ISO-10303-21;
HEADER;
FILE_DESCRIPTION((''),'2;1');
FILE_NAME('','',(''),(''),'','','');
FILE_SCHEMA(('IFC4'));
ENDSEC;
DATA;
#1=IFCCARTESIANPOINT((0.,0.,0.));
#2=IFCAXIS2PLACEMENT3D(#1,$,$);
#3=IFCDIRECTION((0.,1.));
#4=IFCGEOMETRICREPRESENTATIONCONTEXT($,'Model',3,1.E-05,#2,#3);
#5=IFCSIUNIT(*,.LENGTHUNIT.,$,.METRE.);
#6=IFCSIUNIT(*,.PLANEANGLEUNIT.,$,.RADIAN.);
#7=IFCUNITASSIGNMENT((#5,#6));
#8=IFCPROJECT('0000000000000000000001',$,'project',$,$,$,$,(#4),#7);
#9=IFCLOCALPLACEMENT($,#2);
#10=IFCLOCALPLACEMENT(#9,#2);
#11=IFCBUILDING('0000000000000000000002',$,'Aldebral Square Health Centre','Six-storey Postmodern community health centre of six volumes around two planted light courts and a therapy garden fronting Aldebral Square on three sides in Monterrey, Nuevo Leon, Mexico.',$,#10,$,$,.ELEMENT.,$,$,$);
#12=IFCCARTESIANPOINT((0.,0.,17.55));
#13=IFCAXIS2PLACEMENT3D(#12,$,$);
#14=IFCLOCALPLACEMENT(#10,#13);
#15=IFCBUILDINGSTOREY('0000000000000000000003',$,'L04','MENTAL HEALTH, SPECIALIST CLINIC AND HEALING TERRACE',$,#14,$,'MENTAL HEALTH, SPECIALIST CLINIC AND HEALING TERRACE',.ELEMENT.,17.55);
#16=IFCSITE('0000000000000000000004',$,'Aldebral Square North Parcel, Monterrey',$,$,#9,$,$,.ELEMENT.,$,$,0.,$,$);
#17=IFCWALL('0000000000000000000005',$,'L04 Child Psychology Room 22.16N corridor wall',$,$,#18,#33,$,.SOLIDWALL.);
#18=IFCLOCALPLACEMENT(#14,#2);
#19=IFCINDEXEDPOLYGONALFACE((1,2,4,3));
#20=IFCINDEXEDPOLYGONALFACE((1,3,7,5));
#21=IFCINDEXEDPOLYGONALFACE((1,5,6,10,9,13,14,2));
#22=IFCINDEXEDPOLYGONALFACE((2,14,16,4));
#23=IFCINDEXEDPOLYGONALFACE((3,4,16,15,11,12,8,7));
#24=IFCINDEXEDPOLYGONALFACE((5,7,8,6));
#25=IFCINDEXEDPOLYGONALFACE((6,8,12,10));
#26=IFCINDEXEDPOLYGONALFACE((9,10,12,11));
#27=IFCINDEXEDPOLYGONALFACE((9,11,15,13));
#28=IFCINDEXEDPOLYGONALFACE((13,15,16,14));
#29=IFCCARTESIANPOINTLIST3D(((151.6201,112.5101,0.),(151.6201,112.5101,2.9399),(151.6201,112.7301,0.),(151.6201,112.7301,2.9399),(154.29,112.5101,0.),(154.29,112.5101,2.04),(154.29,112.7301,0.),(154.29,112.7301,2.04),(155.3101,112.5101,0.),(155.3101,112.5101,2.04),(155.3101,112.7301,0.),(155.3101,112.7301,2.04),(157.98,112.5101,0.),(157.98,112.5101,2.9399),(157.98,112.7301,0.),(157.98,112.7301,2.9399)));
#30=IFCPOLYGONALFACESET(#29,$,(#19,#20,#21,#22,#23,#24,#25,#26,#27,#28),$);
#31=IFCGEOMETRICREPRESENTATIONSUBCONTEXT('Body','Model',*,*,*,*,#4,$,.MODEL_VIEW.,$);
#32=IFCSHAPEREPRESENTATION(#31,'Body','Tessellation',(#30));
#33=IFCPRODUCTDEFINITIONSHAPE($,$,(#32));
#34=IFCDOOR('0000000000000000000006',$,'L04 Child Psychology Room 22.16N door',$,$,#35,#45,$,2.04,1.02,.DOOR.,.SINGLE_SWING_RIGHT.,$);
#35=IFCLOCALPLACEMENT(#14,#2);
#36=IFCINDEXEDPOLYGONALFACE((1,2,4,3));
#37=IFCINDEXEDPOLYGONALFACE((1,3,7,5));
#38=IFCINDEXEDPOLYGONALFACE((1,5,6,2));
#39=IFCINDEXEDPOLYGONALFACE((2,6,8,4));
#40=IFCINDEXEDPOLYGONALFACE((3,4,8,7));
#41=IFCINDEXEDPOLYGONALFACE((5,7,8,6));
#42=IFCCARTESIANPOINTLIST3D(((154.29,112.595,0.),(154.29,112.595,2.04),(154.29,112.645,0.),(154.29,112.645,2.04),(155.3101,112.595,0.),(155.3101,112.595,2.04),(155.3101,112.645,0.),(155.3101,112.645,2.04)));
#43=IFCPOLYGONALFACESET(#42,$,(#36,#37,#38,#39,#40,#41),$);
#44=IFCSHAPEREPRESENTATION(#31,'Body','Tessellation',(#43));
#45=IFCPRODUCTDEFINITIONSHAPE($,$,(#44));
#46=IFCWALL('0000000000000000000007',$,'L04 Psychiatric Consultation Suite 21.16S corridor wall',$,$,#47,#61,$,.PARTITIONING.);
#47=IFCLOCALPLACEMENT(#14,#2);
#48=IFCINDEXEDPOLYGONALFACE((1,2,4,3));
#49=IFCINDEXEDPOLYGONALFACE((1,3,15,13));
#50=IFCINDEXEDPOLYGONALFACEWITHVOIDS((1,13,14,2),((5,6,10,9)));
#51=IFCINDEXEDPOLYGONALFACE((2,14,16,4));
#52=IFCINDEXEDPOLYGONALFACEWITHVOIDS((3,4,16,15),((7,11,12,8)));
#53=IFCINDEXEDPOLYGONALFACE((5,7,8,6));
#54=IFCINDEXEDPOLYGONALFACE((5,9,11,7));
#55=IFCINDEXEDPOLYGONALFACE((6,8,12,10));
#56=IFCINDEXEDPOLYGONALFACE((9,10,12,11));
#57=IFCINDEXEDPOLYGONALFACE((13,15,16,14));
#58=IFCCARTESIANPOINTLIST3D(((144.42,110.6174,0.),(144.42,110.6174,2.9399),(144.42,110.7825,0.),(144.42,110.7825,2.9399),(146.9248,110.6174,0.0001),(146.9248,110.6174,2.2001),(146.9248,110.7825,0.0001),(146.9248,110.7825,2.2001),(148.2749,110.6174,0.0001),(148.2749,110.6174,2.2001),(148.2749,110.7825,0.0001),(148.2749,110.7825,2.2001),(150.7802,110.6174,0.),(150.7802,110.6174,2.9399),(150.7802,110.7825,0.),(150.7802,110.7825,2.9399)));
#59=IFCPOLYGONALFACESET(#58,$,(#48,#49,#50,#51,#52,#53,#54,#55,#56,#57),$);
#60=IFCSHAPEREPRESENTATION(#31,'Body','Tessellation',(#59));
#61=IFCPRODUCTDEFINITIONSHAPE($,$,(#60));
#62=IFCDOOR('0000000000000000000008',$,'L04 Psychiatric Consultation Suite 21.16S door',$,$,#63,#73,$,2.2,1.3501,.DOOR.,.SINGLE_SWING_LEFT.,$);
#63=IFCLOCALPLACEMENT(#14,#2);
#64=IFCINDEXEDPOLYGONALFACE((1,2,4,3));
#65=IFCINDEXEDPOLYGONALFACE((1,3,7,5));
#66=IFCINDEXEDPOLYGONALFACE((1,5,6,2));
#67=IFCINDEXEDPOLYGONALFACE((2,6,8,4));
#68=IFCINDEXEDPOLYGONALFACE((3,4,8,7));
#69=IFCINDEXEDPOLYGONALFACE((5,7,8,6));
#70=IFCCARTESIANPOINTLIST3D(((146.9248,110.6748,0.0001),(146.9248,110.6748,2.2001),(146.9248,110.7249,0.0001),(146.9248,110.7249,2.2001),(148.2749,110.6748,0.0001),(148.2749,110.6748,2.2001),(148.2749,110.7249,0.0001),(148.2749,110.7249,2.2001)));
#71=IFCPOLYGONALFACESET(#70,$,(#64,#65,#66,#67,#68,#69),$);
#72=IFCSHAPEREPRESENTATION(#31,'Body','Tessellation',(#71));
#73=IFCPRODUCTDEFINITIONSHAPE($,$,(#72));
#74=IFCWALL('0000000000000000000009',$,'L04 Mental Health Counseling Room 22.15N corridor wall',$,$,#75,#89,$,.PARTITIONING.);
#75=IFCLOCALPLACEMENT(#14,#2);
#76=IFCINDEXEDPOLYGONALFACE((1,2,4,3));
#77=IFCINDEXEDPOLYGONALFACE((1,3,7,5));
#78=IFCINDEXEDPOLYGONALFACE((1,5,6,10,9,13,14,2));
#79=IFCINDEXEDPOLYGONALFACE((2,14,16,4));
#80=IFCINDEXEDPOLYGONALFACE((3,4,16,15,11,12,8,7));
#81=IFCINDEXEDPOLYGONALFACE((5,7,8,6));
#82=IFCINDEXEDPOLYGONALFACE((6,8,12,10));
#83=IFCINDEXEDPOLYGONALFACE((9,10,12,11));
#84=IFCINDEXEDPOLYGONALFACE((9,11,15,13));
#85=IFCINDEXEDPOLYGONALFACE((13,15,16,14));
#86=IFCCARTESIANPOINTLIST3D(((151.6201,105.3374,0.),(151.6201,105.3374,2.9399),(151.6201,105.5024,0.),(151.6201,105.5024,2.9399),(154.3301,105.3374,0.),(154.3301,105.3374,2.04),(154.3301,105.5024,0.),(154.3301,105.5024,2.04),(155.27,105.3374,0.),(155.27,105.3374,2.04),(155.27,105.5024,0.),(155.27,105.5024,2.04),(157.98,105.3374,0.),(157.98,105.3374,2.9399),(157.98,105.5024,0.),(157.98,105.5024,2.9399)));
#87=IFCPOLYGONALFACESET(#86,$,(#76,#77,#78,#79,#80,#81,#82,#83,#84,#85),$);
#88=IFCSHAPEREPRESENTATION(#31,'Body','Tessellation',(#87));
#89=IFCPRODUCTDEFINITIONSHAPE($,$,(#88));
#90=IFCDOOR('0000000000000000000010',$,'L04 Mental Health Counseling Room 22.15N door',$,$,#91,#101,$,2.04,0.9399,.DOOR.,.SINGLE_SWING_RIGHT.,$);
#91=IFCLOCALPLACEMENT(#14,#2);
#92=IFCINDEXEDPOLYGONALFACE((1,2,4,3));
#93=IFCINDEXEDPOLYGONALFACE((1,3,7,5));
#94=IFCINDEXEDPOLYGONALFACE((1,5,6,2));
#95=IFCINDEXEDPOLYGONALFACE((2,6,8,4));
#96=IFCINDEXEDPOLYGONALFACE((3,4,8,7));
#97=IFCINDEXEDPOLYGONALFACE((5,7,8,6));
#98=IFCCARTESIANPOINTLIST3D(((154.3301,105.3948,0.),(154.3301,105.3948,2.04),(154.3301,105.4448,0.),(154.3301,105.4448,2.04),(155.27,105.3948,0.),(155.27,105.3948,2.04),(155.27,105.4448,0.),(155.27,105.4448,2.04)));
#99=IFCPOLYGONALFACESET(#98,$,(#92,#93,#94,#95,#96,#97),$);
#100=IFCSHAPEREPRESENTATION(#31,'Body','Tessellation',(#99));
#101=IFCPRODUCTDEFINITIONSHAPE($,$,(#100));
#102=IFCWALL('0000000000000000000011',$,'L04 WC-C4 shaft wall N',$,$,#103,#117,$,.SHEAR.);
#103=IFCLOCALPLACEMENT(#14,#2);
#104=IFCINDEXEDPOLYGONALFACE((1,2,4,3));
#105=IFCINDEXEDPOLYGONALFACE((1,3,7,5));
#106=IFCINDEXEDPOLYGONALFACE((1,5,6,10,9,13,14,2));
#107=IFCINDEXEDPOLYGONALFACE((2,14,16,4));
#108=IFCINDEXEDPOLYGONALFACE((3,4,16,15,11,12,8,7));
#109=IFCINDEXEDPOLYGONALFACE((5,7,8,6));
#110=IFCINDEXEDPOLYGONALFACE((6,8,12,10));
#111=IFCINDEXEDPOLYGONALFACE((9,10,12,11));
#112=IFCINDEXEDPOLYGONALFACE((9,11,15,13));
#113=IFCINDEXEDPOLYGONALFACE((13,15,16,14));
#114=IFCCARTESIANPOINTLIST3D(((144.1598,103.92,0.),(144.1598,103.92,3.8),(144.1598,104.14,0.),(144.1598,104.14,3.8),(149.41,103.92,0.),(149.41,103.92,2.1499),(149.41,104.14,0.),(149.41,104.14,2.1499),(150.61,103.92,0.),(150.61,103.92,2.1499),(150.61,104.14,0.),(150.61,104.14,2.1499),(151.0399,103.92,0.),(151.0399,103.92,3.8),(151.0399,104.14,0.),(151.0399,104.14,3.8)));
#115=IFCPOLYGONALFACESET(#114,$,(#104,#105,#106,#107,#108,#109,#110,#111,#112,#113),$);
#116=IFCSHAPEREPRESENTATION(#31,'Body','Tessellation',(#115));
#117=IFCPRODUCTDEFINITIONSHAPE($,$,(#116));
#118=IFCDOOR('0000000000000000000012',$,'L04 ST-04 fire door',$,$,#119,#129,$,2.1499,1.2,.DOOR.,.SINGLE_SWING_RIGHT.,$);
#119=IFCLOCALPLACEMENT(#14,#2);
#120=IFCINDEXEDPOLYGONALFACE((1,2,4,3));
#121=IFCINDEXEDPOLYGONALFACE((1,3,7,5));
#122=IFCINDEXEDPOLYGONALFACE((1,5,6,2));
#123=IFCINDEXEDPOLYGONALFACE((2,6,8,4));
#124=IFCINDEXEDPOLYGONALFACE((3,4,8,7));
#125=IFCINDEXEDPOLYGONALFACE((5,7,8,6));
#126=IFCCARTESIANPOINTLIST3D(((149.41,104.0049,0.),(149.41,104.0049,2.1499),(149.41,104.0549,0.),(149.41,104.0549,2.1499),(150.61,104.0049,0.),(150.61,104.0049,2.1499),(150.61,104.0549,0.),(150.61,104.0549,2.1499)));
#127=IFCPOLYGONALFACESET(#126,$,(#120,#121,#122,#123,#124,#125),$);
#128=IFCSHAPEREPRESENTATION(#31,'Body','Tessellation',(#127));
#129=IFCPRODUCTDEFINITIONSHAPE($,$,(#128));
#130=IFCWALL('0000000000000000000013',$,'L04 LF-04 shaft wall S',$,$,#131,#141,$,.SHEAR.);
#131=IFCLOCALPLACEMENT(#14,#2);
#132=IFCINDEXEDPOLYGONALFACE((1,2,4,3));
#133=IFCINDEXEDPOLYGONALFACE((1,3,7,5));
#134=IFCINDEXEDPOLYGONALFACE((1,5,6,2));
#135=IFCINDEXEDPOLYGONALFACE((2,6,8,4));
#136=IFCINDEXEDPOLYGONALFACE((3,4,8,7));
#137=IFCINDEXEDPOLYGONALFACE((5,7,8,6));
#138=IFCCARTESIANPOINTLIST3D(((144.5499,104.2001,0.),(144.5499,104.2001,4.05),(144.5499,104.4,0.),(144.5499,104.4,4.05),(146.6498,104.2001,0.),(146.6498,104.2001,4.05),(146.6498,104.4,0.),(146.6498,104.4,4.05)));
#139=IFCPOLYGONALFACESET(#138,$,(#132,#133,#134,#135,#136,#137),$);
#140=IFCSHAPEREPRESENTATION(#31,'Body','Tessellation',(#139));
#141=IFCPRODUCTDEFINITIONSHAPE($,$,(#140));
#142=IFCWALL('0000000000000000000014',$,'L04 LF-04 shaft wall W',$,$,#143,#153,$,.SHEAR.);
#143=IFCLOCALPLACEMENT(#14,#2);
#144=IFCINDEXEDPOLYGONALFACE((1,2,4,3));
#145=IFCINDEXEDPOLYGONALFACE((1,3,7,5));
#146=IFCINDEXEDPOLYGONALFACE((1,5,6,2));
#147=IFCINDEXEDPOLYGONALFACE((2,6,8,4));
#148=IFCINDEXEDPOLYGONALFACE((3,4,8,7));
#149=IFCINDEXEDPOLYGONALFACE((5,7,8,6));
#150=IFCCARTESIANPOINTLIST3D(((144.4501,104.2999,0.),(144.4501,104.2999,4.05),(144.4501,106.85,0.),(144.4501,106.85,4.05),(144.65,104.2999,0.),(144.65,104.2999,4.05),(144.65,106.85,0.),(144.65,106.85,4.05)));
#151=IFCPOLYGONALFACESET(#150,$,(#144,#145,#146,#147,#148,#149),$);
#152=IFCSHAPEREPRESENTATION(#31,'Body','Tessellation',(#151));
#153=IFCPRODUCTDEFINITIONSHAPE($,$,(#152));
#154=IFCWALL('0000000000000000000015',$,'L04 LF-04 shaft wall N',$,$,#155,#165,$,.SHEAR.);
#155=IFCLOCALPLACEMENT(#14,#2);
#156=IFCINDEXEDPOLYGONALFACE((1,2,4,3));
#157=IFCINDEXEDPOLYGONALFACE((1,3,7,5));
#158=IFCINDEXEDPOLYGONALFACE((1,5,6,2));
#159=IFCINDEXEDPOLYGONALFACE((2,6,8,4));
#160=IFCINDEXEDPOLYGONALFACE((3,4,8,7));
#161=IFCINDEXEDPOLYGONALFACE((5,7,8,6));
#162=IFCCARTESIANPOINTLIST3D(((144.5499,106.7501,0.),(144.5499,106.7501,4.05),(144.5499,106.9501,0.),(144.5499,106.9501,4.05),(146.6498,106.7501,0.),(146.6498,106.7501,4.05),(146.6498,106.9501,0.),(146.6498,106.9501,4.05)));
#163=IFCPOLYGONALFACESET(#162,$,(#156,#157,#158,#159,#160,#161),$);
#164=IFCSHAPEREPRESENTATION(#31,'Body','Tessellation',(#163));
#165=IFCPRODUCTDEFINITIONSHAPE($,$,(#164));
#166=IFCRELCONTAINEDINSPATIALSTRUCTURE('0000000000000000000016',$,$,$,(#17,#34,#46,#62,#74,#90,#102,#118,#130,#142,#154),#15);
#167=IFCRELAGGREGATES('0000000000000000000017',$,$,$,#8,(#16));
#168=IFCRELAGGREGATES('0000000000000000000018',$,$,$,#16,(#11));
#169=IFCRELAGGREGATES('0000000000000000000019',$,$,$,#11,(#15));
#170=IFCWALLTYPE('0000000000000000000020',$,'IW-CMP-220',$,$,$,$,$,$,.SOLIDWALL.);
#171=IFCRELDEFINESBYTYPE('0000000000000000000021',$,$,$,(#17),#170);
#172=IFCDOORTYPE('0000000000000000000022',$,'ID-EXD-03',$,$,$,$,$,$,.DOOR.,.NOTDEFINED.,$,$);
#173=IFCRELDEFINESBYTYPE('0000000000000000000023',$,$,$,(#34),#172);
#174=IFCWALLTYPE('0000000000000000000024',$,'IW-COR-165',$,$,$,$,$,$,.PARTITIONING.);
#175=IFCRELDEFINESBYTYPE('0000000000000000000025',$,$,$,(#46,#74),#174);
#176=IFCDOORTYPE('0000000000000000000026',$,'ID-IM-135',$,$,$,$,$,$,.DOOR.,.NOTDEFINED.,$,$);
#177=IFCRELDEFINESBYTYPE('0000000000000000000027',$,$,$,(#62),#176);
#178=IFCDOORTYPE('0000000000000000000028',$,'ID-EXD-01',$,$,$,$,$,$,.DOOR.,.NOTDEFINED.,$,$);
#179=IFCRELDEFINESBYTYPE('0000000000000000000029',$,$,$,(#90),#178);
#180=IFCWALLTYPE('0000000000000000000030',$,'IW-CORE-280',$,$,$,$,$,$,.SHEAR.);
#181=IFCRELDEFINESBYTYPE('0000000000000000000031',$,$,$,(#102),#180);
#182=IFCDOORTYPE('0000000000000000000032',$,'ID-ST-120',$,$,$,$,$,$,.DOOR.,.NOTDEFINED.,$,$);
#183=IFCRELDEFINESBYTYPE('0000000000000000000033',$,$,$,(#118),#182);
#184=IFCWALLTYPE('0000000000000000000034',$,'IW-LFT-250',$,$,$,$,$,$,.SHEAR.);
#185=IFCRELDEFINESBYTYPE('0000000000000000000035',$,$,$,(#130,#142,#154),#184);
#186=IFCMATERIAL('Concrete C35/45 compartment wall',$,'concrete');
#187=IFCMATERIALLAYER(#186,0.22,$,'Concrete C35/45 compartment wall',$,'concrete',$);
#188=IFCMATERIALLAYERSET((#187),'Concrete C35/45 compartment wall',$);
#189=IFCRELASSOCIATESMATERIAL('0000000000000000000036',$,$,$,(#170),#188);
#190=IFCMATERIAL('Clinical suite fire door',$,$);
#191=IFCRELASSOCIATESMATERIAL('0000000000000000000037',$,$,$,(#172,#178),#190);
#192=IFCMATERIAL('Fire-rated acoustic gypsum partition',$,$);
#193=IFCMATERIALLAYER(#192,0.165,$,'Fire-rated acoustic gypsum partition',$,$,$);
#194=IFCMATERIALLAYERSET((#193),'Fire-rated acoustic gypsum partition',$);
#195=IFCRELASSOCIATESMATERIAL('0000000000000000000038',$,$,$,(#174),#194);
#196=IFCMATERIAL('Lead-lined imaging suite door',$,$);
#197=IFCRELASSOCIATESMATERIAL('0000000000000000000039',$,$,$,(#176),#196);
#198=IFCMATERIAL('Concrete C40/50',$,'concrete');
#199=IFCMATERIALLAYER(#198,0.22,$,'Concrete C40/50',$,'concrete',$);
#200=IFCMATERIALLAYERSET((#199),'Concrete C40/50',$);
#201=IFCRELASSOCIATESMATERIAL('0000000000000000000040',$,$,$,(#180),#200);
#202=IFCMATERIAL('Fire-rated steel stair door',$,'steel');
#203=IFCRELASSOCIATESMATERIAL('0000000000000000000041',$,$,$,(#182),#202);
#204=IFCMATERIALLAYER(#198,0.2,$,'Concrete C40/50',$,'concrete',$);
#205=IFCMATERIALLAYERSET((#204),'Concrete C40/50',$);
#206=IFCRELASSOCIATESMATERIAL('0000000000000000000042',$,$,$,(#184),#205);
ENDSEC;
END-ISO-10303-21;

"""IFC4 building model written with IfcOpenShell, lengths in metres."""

from ifc_helpers import new_model, si_unit, direction, frame, frame_2d, origin, place, context, subcontext, project, spatial, rectangle, extrude, material, layer, layer_set, type_object, element, fill, save


model = new_model("IFC4")

# Units and contexts
model_context = context("Model", 3, precision=1e-05, world=origin(), true_north=direction((0.0, 1.0)))
body_context = subcontext(model_context, "Body", "Model", "MODEL_VIEW")
ifc_project = project(units=[si_unit("LENGTHUNIT", "METRE"), si_unit("PLANEANGLEUNIT", "RADIAN")], contexts=[model_context])

# Site, building, storey
site_placement = place(None, origin())
site = spatial("IfcSite", under=ifc_project, at=site_placement, Name="Aldebral Square North Parcel, Monterrey", CompositionType="ELEMENT", RefElevation=0.0)
building_placement = place(site_placement, origin())
building = spatial("IfcBuilding", under=site, at=building_placement, Name="Aldebral Square Health Centre", Description="Six-storey Postmodern community health centre of six volumes around two planted light courts and a therapy garden fronting Aldebral Square on three sides in Monterrey, Nuevo Leon, Mexico.", CompositionType="ELEMENT")
storey_placement = place(building_placement, frame((0.0, 0.0, 17.55)))
storey = spatial("IfcBuildingStorey", under=building, at=storey_placement, Name="L04", Description="MENTAL HEALTH, SPECIALIST CLINIC AND HEALING TERRACE", LongName="MENTAL HEALTH, SPECIALIST CLINIC AND HEALING TERRACE", CompositionType="ELEMENT", Elevation=17.55)

# Shared definitions
ifc_material_1 = material(Name="Concrete C40/50", Category="concrete")

# Walls, openings, doors
ifc_material_2 = material(Name="Concrete C35/45 compartment wall", Category="concrete")
ifc_layer_1 = layer(ifc_material_2, 0.22, Name="Concrete C35/45 compartment wall", Category="concrete")
ifc_layer_set_1 = layer_set([ifc_layer_1], Name="Concrete C35/45 compartment wall")
wall_type_1 = type_object("IfcWallType", Name="IW-CMP-220", PredefinedType="SOLIDWALL", material=ifc_layer_set_1)
ifc_material_3 = material(Name="Clinical suite fire door")
wall_1_placement = place(storey_placement, frame((151.6201, 112.6201, 0.0), z_axis=(0.0, 0.0, 1.0), x_axis=(1.0, 0.0, 0.0)))
wall_1 = element("IfcWall", 1, at=wall_1_placement, inside=storey, type_object=wall_type_1, Name="L04 Child Psychology Room 22.16N corridor wall", PredefinedType="SOLIDWALL", context=body_context, shape_type="SweptSolid", body=[
    extrude(rectangle(XDim=6.3599, YDim=0.22, at=frame_2d((3.1799, 0.0))), origin(), (0.0, 0.0, 1.0), 2.9399),
])
opening_1_placement = place(wall_1_placement, frame((2.6699, 0.0, 0.0)))
opening_1 = element("IfcOpeningElement", 2, at=opening_1_placement, cuts=wall_1, PredefinedType="OPENING", context=body_context, shape_type="SweptSolid", body=[
    extrude(rectangle(XDim=1.02, YDim=2.04, at=frame_2d((0.51, 1.02))), frame((0.0, 0.1201, 0.0), z_axis=(0.0, -1.0, 0.0), x_axis=(1.0, 0.0, 0.0)), (0.0, 0.0, 1.0), 0.24),
])
door_type_1 = type_object("IfcDoorType", Name="ID-EXD-03", OperationType="NOTDEFINED", PredefinedType="DOOR", material=ifc_material_3)
door_1_placement = place(opening_1_placement, origin())
door_1 = element("IfcDoor", 3, at=door_1_placement, inside=storey, type_object=door_type_1, Name="L04 Child Psychology Room 22.16N door", OperationType="SINGLE_SWING_RIGHT", OverallHeight=2.04, OverallWidth=1.02, PredefinedType="DOOR", context=body_context, shape_type="SweptSolid", body=[
    extrude(rectangle(XDim=1.02, YDim=2.04, at=frame_2d((0.51, 1.02))), frame((0.0, 0.0249, 0.0), z_axis=(0.0, -1.0, 0.0), x_axis=(1.0, 0.0, 0.0)), (0.0, 0.0, 1.0), 0.05),
])
fill(opening_1, door_1)
ifc_material_4 = material(Name="Fire-rated acoustic gypsum partition")
ifc_layer_2 = layer(ifc_material_4, 0.165, Name="Fire-rated acoustic gypsum partition")
ifc_layer_set_2 = layer_set([ifc_layer_2], Name="Fire-rated acoustic gypsum partition")
wall_type_2 = type_object("IfcWallType", Name="IW-COR-165", PredefinedType="PARTITIONING", material=ifc_layer_set_2)
wall_2_placement = place(storey_placement, frame((144.4199, 110.7, 0.0), z_axis=(0.0, 0.0, 1.0), x_axis=(1.0, 0.0, 0.0)))
wall_2 = element("IfcWall", 4, at=wall_2_placement, inside=storey, type_object=wall_type_2, Name="L04 Psychiatric Consultation Suite 21.16S corridor wall", PredefinedType="PARTITIONING", context=body_context, shape_type="SweptSolid", body=[
    extrude(rectangle(XDim=6.3601, YDim=0.165, at=frame_2d((3.1802, 0.0))), origin(), (0.0, 0.0, 1.0), 2.9399),
])
opening_2_placement = place(wall_2_placement, frame((2.5049, 0.0, 0.0)))
opening_2 = element("IfcOpeningElement", 5, at=opening_2_placement, cuts=wall_2, PredefinedType="OPENING", context=body_context, shape_type="SweptSolid", body=[
    extrude(rectangle(XDim=1.3501, YDim=2.2, at=frame_2d((0.675, 1.1001))), frame((0.0, 0.0925, 0.0), z_axis=(0.0, -1.0, 0.0), x_axis=(1.0, 0.0, 0.0)), (0.0, 0.0, 1.0), 0.1851),
])
ifc_material_5 = material(Name="Lead-lined imaging suite door")
door_type_2 = type_object("IfcDoorType", Name="ID-IM-135", OperationType="NOTDEFINED", PredefinedType="DOOR", material=ifc_material_5)
door_2_placement = place(opening_2_placement, origin())
door_2 = element("IfcDoor", 6, at=door_2_placement, inside=storey, type_object=door_type_2, Name="L04 Psychiatric Consultation Suite 21.16S door", OperationType="SINGLE_SWING_LEFT", OverallHeight=2.2, OverallWidth=1.3501, PredefinedType="DOOR", context=body_context, shape_type="SweptSolid", body=[
    extrude(rectangle(XDim=1.3501, YDim=2.2, at=frame_2d((0.675, 1.1001))), frame((0.0, 0.0249, 0.0), z_axis=(0.0, -1.0, 0.0), x_axis=(1.0, 0.0, 0.0)), (0.0, 0.0, 1.0), 0.05),
])
fill(opening_2, door_2)
wall_3_placement = place(storey_placement, frame((151.6201, 105.4199, 0.0), z_axis=(0.0, 0.0, 1.0), x_axis=(1.0, 0.0, 0.0)))
wall_3 = element("IfcWall", 7, at=wall_3_placement, inside=storey, type_object=wall_type_2, Name="L04 Mental Health Counseling Room 22.15N corridor wall", PredefinedType="PARTITIONING", context=body_context, shape_type="SweptSolid", body=[
    extrude(rectangle(XDim=6.3599, YDim=0.165, at=frame_2d((3.1799, 0.0))), origin(), (0.0, 0.0, 1.0), 2.9399),
])
opening_3_placement = place(wall_3_placement, frame((2.71, 0.0, 0.0)))
opening_3 = element("IfcOpeningElement", 8, at=opening_3_placement, cuts=wall_3, PredefinedType="OPENING", context=body_context, shape_type="SweptSolid", body=[
    extrude(rectangle(XDim=0.9399, YDim=2.04, at=frame_2d((0.47, 1.02))), frame((0.0, 0.0925, 0.0), z_axis=(0.0, -1.0, 0.0), x_axis=(1.0, 0.0, 0.0)), (0.0, 0.0, 1.0), 0.1851),
])
door_type_3 = type_object("IfcDoorType", Name="ID-EXD-01", OperationType="NOTDEFINED", PredefinedType="DOOR", material=ifc_material_3)
door_3_placement = place(opening_3_placement, origin())
door_3 = element("IfcDoor", 9, at=door_3_placement, inside=storey, type_object=door_type_3, Name="L04 Mental Health Counseling Room 22.15N door", OperationType="SINGLE_SWING_RIGHT", OverallHeight=2.04, OverallWidth=0.9399, PredefinedType="DOOR", context=body_context, shape_type="SweptSolid", body=[
    extrude(rectangle(XDim=0.9399, YDim=2.04, at=frame_2d((0.47, 1.02))), frame((0.0, 0.0249, 0.0), z_axis=(0.0, -1.0, 0.0), x_axis=(1.0, 0.0, 0.0)), (0.0, 0.0, 1.0), 0.05),
])
fill(opening_3, door_3)
ifc_layer_3 = layer(ifc_material_1, 0.22, Name="Concrete C40/50", Category="concrete")
ifc_layer_set_3 = layer_set([ifc_layer_3], Name="Concrete C40/50")
wall_type_3 = type_object("IfcWallType", Name="IW-CORE-280", PredefinedType="SHEAR", material=ifc_layer_set_3)
wall_4_placement = place(storey_placement, frame((144.1599, 104.03, 0.0), z_axis=(0.0, 0.0, 1.0), x_axis=(1.0, 0.0, 0.0)))
wall_4 = element("IfcWall", 10, at=wall_4_placement, inside=storey, type_object=wall_type_3, Name="L04 WC-C4 shaft wall N", PredefinedType="SHEAR", context=body_context, shape_type="SweptSolid", body=[
    extrude(rectangle(XDim=6.8801, YDim=0.22, at=frame_2d((3.4399, 0.0))), origin(), (0.0, 0.0, 1.0), 3.8),
])
opening_4_placement = place(wall_4_placement, frame((5.25, 0.0, 0.0)))
opening_4 = element("IfcOpeningElement", 11, at=opening_4_placement, cuts=wall_4, PredefinedType="OPENING", context=body_context, shape_type="SweptSolid", body=[
    extrude(rectangle(XDim=1.2, YDim=2.1499, at=frame_2d((0.6001, 1.075))), frame((0.0, 0.1201, 0.0), z_axis=(0.0, -1.0, 0.0), x_axis=(1.0, 0.0, 0.0)), (0.0, 0.0, 1.0), 0.24),
])
ifc_material_6 = material(Name="Fire-rated steel stair door", Category="steel")
door_type_4 = type_object("IfcDoorType", Name="ID-ST-120", OperationType="NOTDEFINED", PredefinedType="DOOR", material=ifc_material_6)
door_4_placement = place(opening_4_placement, origin())
door_4 = element("IfcDoor", 12, at=door_4_placement, inside=storey, type_object=door_type_4, Name="L04 ST-04 fire door", OperationType="SINGLE_SWING_RIGHT", OverallHeight=2.1499, OverallWidth=1.2, PredefinedType="DOOR", context=body_context, shape_type="SweptSolid", body=[
    extrude(rectangle(XDim=1.2, YDim=2.1499, at=frame_2d((0.6001, 1.075))), frame((0.0, 0.0249, 0.0), z_axis=(0.0, -1.0, 0.0), x_axis=(1.0, 0.0, 0.0)), (0.0, 0.0, 1.0), 0.05),
])
fill(opening_4, door_4)

# Walls
ifc_layer_4 = layer(ifc_material_1, 0.2, Name="Concrete C40/50", Category="concrete")
ifc_layer_set_4 = layer_set([ifc_layer_4], Name="Concrete C40/50")
wall_type_4 = type_object("IfcWallType", Name="IW-LFT-250", PredefinedType="SHEAR", material=ifc_layer_set_4)
wall_5_placement = place(storey_placement, frame((144.55, 104.3, 0.0), z_axis=(0.0, 0.0, 1.0), x_axis=(1.0, 0.0, 0.0)))
element("IfcWall", 13, at=wall_5_placement, inside=storey, type_object=wall_type_4, Name="L04 LF-04 shaft wall S", PredefinedType="SHEAR", context=body_context, shape_type="SweptSolid", body=[
    extrude(rectangle(XDim=2.0999, YDim=0.2, at=frame_2d((1.0498, 0.0))), origin(), (0.0, 0.0, 1.0), 4.05),
])
wall_6_placement = place(storey_placement, frame((144.55, 104.3, 0.0), z_axis=(0.0, 0.0, 1.0), x_axis=(0.0, 1.0, 0.0)))
element("IfcWall", 14, at=wall_6_placement, inside=storey, type_object=wall_type_4, Name="L04 LF-04 shaft wall W", PredefinedType="SHEAR", context=body_context, shape_type="SweptSolid", body=[
    extrude(rectangle(XDim=2.55, YDim=0.2, at=frame_2d((1.2749, 0.0))), origin(), (0.0, 0.0, 1.0), 4.05),
])
wall_7_placement = place(storey_placement, frame((144.55, 106.8501, 0.0), z_axis=(0.0, 0.0, 1.0), x_axis=(1.0, 0.0, 0.0)))
element("IfcWall", 15, at=wall_7_placement, inside=storey, type_object=wall_type_4, Name="L04 LF-04 shaft wall N", PredefinedType="SHEAR", context=body_context, shape_type="SweptSolid", body=[
    extrude(rectangle(XDim=2.0999, YDim=0.2, at=frame_2d((1.0498, 0.0))), origin(), (0.0, 0.0, 1.0), 4.05),
])

save(model, "model.ifc")
